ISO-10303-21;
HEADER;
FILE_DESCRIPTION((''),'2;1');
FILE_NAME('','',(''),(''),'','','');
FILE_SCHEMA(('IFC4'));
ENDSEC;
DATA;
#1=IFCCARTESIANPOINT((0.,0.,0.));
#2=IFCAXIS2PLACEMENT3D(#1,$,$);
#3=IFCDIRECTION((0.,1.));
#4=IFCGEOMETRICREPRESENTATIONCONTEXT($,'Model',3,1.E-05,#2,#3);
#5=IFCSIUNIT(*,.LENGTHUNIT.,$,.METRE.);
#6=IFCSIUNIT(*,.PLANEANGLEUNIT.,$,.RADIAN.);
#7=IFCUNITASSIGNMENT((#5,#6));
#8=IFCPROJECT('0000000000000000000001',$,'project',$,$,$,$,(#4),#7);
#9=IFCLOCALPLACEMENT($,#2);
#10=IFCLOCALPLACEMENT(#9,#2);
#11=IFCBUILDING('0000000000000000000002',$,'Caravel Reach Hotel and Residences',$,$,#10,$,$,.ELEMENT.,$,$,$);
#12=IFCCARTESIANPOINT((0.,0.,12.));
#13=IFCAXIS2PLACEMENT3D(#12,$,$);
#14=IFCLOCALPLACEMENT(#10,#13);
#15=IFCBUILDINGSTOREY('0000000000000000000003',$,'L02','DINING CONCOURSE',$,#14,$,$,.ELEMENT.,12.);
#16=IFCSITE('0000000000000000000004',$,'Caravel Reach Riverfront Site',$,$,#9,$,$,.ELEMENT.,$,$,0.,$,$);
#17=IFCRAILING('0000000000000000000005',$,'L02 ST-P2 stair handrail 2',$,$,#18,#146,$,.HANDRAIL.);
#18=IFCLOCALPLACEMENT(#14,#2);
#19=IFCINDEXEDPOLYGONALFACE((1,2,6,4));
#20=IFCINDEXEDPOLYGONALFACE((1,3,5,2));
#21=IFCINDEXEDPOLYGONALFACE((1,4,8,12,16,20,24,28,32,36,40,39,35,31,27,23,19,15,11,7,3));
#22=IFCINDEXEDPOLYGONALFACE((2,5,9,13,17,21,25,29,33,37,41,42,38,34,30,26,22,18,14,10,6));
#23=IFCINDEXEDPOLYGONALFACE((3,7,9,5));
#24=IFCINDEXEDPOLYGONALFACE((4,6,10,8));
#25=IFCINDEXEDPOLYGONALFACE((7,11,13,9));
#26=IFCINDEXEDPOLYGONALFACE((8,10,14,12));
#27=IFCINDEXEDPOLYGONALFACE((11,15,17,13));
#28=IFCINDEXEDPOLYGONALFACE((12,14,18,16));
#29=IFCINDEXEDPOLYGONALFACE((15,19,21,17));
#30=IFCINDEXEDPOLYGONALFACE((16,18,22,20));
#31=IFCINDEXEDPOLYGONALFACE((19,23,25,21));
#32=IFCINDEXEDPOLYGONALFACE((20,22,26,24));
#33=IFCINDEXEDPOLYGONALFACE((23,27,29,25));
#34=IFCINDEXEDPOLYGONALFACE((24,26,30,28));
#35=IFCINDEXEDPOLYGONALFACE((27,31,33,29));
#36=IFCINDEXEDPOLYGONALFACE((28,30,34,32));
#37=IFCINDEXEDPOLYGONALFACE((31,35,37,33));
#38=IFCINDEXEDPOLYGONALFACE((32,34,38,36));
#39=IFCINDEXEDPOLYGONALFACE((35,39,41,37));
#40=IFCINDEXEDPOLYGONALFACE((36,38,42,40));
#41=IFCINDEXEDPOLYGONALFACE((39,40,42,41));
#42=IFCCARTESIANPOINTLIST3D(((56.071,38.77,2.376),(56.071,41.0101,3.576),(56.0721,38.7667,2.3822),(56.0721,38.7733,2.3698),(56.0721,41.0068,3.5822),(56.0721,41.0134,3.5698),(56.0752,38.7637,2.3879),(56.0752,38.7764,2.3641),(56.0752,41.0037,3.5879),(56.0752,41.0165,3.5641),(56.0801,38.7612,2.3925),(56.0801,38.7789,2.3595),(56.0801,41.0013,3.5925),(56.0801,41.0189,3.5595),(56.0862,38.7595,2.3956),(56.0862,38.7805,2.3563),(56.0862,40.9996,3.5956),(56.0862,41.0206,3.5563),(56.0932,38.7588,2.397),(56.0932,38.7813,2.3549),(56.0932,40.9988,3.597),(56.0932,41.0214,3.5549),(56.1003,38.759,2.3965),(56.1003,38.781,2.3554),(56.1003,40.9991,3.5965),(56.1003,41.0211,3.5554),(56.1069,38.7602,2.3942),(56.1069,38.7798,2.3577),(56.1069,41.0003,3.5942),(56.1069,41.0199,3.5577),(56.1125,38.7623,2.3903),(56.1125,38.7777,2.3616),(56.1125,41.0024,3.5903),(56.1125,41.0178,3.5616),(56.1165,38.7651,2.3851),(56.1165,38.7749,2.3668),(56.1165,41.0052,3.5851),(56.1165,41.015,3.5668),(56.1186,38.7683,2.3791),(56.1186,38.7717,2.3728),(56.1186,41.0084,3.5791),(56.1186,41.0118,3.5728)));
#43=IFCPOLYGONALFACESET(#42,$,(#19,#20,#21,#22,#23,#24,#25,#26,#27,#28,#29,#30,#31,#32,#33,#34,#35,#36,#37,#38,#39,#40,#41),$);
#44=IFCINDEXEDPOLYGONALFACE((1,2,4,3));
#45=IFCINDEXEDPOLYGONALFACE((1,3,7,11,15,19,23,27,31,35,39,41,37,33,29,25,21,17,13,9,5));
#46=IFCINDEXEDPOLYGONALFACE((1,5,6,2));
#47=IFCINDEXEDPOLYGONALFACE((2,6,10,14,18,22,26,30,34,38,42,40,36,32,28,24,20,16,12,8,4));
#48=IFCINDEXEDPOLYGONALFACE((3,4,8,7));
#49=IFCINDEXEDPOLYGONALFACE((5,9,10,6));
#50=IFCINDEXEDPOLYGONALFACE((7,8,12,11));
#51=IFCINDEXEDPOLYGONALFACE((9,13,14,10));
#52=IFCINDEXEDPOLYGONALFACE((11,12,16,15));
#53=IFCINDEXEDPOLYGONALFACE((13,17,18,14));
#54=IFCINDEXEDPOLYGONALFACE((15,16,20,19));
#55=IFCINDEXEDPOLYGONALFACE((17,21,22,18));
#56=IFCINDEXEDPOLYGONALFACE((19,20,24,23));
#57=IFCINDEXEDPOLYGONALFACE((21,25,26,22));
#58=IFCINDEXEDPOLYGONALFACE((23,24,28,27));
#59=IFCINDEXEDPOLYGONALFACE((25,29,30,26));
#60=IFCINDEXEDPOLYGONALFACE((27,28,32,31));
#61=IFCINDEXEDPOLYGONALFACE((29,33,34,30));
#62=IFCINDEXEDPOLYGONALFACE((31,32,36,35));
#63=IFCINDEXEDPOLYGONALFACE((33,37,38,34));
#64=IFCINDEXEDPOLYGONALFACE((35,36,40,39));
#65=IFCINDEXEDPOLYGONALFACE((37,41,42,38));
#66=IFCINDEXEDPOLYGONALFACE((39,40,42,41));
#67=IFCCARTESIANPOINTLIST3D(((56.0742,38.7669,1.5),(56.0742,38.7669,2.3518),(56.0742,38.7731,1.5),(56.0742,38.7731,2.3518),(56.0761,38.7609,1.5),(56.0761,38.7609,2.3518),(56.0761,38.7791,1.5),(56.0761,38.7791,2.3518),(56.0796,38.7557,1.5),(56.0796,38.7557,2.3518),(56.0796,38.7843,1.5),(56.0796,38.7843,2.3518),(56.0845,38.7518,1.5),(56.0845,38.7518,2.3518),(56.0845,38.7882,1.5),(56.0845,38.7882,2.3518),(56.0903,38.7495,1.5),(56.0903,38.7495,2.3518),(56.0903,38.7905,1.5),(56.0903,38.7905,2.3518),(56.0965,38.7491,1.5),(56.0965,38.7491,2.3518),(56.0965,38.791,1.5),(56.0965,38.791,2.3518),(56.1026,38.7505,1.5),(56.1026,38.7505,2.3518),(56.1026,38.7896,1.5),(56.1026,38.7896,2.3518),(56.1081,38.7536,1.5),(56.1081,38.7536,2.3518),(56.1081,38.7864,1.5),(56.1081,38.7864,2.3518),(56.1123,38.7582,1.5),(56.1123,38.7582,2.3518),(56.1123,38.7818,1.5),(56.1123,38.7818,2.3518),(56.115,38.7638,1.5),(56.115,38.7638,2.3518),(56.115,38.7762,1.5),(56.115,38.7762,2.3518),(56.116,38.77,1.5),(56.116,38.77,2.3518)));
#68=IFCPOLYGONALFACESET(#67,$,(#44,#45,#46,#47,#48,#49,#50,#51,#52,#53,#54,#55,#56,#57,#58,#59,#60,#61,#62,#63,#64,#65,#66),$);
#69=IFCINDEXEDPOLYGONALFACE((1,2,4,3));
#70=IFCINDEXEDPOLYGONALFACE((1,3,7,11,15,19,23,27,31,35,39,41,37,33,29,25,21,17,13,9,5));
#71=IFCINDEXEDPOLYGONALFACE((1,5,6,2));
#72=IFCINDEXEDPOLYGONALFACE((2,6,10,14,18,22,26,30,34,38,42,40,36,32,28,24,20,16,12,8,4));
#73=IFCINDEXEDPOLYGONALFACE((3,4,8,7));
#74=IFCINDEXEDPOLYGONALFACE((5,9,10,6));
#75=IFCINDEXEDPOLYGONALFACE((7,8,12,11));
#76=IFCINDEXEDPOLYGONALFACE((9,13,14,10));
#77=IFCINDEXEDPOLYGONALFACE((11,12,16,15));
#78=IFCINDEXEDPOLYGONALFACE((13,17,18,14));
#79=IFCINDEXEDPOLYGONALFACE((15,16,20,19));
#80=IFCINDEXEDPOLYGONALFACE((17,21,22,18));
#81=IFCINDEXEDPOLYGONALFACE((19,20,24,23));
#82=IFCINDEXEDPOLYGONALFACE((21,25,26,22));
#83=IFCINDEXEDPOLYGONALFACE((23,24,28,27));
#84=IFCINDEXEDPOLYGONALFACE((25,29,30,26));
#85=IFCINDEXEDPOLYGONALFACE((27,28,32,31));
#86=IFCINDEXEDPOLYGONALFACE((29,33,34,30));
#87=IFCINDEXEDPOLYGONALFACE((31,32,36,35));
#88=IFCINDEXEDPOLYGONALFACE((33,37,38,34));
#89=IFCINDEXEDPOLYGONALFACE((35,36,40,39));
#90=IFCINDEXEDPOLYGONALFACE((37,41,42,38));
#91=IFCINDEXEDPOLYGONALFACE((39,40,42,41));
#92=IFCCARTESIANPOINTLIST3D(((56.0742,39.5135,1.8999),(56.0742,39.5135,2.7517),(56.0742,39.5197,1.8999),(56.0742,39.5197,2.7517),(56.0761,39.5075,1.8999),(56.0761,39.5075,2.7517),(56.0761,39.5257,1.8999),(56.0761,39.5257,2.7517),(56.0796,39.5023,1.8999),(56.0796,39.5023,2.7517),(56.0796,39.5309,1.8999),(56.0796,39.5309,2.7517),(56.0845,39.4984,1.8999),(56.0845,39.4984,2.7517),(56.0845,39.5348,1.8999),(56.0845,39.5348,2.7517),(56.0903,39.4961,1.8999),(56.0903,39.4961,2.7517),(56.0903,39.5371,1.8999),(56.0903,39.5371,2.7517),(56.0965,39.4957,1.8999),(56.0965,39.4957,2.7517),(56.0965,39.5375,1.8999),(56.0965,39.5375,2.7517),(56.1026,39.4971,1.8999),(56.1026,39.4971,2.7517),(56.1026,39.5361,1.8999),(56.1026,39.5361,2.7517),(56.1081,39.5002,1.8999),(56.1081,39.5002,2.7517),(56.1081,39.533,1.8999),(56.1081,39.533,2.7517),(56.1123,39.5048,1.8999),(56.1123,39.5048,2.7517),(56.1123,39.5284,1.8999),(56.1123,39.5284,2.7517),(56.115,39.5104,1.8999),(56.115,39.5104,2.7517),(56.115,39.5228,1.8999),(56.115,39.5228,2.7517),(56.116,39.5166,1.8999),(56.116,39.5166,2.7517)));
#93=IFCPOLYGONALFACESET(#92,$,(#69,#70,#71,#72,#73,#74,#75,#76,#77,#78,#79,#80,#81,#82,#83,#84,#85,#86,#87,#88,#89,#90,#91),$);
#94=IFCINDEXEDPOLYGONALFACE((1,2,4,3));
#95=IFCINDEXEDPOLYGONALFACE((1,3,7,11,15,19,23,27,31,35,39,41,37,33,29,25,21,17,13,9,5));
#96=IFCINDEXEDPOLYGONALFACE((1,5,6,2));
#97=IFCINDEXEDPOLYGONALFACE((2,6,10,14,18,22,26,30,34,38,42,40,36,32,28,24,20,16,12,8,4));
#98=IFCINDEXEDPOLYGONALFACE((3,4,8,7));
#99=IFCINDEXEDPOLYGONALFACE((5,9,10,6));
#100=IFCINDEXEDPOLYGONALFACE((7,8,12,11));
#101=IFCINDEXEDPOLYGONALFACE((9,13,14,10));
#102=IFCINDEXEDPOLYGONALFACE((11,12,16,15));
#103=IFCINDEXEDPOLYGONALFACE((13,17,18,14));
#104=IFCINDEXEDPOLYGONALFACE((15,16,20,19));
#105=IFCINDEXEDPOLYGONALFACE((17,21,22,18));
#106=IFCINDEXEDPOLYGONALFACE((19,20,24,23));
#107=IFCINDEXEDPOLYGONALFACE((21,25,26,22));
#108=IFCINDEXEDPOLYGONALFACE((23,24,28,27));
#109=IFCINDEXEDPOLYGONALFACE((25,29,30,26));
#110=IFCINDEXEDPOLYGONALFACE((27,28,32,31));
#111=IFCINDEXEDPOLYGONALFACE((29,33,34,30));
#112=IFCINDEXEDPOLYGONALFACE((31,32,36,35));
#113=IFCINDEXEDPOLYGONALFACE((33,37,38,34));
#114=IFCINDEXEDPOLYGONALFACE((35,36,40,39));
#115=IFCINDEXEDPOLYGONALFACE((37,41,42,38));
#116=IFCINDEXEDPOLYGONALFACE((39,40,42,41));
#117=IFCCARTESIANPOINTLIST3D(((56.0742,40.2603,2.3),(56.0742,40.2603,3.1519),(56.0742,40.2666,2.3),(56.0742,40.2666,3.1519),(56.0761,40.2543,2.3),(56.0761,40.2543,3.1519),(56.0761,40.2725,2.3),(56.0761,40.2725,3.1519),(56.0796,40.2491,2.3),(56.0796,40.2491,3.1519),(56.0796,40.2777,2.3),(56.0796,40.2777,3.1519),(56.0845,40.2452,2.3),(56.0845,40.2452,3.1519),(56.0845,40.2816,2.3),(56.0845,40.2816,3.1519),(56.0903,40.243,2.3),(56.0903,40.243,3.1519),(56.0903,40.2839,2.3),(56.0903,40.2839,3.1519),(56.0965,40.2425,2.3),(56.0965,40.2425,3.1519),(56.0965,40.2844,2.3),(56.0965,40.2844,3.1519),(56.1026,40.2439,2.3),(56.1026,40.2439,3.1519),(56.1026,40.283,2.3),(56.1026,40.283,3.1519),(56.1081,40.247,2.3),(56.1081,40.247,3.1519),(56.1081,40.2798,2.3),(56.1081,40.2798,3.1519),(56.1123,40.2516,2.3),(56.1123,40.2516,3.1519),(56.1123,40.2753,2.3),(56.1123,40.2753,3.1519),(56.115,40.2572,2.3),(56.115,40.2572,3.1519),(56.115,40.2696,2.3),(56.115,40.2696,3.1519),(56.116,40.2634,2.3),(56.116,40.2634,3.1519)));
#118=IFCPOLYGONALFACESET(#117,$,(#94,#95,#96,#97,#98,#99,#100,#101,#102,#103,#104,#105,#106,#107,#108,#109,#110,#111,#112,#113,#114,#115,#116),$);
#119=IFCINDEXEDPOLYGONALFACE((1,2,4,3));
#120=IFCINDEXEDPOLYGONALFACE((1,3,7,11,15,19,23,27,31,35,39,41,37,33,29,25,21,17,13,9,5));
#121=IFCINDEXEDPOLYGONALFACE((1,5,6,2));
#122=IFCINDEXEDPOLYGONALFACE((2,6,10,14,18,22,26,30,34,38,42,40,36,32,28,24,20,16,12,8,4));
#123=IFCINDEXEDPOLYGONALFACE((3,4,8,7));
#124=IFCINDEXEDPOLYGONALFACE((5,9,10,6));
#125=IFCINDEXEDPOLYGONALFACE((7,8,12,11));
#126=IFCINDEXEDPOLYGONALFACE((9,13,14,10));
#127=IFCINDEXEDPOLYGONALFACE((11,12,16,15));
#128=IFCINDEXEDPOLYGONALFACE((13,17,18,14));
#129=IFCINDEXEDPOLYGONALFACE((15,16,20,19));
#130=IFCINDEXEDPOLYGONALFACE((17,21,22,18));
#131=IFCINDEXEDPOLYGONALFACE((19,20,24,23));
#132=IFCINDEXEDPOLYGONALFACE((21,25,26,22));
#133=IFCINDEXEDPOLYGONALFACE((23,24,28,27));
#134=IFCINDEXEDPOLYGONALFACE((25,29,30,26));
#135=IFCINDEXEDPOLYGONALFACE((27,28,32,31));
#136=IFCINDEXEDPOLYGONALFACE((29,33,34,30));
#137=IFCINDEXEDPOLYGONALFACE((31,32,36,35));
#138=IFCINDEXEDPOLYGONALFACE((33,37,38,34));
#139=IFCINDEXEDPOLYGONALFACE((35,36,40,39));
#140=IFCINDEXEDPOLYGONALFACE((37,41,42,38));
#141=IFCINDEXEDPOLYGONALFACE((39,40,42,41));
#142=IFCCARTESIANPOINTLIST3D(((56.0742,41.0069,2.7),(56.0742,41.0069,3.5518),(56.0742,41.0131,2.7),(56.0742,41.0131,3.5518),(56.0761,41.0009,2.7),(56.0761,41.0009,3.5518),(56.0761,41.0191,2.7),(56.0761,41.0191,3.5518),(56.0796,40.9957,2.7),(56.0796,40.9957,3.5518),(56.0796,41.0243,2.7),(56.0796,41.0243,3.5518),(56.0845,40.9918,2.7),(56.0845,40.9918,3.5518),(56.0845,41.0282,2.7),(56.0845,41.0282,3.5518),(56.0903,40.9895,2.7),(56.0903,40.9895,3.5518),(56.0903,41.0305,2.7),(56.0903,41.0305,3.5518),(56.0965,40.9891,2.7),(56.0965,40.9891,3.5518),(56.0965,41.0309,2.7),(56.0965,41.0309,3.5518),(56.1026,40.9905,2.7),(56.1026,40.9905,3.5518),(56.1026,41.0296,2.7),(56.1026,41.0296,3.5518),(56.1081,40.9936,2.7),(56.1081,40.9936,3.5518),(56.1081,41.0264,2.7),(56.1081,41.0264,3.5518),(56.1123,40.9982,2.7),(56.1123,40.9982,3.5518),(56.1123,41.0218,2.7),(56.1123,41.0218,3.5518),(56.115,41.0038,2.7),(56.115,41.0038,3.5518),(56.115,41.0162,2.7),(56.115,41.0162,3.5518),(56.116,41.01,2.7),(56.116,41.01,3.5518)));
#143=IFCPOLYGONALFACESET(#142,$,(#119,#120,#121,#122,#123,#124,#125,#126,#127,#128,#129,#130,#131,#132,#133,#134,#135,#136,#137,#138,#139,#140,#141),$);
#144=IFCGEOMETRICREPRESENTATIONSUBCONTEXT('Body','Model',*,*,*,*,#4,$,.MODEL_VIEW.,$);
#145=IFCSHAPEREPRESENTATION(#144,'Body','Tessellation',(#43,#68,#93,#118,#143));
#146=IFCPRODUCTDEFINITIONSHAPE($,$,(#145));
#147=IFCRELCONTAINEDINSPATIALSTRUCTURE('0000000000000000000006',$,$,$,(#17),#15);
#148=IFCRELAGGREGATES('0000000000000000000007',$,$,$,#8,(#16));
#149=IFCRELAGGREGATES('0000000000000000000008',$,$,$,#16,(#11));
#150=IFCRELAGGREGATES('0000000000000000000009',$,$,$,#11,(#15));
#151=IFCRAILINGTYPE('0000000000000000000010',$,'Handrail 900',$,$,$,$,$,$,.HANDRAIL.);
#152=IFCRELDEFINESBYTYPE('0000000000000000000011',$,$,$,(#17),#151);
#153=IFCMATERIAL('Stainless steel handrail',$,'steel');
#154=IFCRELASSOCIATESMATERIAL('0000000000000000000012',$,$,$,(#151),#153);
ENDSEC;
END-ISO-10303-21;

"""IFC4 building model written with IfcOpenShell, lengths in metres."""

from ifc_helpers import new_model, si_unit, direction, frame, origin, origin_2d, place, context, subcontext, project, spatial, circle, extrude, material, type_object, element, save


model = new_model("IFC4")

# Units and contexts
model_context = context("Model", 3, precision=1e-05, world=origin(), true_north=direction((0.0, 1.0)))
body_context = subcontext(model_context, "Body", "Model", "MODEL_VIEW")
ifc_project = project(units=[si_unit("LENGTHUNIT", "METRE"), si_unit("PLANEANGLEUNIT", "RADIAN")], contexts=[model_context])

# Site, building, storey
site_placement = place(None, origin())
site = spatial("IfcSite", under=ifc_project, at=site_placement, Name="Caravel Reach Riverfront Site", CompositionType="ELEMENT", RefElevation=0.0)
building_placement = place(site_placement, origin())
building = spatial("IfcBuilding", under=site, at=building_placement, Name="Caravel Reach Hotel and Residences", CompositionType="ELEMENT")
storey_placement = place(building_placement, frame((0.0, 0.0, 12.0)))
storey = spatial("IfcBuildingStorey", under=building, at=storey_placement, Name="L02", Description="DINING CONCOURSE", CompositionType="ELEMENT", Elevation=12.0)

# Railing
ifc_material_1 = material(Name="Stainless steel handrail", Category="steel")
railing_type = type_object("IfcRailingType", Name="Handrail 900", PredefinedType="HANDRAIL", material=ifc_material_1)
for number, where, name in (
    (1, (56.095, 38.77, 1.5), "L02 ST-P2 stair handrail 2"),
):
    element("IfcRailing", number, at=place(storey_placement, frame(where)), inside=storey, type_object=railing_type, Name=name, PredefinedType="HANDRAIL", context=body_context, shape_type="SweptSolid", body=[
        extrude(circle(Radius=0.0239, at=origin_2d()), frame((0.0, 0.0, 0.876), z_axis=(0.0, 0.881487, 0.472208), x_axis=(-1.0, 0.0, 0.0)), (0.0, 0.0, 1.0), 2.5413),
        extrude(circle(Radius=0.021, at=origin_2d()), origin(), (0.0, 0.0, 1.0), 0.8518),
        extrude(circle(Radius=0.021, at=origin_2d()), frame((0.0, 0.7466, 0.3999)), (0.0, 0.0, 1.0), 0.8518),
        extrude(circle(Radius=0.021, at=origin_2d()), frame((0.0, 1.4934, 0.8)), (0.0, 0.0, 1.0), 0.8518),
        extrude(circle(Radius=0.021, at=origin_2d()), frame((0.0, 2.24, 1.2)), (0.0, 0.0, 1.0), 0.8518),
    ])

save(model, "model.ifc")
